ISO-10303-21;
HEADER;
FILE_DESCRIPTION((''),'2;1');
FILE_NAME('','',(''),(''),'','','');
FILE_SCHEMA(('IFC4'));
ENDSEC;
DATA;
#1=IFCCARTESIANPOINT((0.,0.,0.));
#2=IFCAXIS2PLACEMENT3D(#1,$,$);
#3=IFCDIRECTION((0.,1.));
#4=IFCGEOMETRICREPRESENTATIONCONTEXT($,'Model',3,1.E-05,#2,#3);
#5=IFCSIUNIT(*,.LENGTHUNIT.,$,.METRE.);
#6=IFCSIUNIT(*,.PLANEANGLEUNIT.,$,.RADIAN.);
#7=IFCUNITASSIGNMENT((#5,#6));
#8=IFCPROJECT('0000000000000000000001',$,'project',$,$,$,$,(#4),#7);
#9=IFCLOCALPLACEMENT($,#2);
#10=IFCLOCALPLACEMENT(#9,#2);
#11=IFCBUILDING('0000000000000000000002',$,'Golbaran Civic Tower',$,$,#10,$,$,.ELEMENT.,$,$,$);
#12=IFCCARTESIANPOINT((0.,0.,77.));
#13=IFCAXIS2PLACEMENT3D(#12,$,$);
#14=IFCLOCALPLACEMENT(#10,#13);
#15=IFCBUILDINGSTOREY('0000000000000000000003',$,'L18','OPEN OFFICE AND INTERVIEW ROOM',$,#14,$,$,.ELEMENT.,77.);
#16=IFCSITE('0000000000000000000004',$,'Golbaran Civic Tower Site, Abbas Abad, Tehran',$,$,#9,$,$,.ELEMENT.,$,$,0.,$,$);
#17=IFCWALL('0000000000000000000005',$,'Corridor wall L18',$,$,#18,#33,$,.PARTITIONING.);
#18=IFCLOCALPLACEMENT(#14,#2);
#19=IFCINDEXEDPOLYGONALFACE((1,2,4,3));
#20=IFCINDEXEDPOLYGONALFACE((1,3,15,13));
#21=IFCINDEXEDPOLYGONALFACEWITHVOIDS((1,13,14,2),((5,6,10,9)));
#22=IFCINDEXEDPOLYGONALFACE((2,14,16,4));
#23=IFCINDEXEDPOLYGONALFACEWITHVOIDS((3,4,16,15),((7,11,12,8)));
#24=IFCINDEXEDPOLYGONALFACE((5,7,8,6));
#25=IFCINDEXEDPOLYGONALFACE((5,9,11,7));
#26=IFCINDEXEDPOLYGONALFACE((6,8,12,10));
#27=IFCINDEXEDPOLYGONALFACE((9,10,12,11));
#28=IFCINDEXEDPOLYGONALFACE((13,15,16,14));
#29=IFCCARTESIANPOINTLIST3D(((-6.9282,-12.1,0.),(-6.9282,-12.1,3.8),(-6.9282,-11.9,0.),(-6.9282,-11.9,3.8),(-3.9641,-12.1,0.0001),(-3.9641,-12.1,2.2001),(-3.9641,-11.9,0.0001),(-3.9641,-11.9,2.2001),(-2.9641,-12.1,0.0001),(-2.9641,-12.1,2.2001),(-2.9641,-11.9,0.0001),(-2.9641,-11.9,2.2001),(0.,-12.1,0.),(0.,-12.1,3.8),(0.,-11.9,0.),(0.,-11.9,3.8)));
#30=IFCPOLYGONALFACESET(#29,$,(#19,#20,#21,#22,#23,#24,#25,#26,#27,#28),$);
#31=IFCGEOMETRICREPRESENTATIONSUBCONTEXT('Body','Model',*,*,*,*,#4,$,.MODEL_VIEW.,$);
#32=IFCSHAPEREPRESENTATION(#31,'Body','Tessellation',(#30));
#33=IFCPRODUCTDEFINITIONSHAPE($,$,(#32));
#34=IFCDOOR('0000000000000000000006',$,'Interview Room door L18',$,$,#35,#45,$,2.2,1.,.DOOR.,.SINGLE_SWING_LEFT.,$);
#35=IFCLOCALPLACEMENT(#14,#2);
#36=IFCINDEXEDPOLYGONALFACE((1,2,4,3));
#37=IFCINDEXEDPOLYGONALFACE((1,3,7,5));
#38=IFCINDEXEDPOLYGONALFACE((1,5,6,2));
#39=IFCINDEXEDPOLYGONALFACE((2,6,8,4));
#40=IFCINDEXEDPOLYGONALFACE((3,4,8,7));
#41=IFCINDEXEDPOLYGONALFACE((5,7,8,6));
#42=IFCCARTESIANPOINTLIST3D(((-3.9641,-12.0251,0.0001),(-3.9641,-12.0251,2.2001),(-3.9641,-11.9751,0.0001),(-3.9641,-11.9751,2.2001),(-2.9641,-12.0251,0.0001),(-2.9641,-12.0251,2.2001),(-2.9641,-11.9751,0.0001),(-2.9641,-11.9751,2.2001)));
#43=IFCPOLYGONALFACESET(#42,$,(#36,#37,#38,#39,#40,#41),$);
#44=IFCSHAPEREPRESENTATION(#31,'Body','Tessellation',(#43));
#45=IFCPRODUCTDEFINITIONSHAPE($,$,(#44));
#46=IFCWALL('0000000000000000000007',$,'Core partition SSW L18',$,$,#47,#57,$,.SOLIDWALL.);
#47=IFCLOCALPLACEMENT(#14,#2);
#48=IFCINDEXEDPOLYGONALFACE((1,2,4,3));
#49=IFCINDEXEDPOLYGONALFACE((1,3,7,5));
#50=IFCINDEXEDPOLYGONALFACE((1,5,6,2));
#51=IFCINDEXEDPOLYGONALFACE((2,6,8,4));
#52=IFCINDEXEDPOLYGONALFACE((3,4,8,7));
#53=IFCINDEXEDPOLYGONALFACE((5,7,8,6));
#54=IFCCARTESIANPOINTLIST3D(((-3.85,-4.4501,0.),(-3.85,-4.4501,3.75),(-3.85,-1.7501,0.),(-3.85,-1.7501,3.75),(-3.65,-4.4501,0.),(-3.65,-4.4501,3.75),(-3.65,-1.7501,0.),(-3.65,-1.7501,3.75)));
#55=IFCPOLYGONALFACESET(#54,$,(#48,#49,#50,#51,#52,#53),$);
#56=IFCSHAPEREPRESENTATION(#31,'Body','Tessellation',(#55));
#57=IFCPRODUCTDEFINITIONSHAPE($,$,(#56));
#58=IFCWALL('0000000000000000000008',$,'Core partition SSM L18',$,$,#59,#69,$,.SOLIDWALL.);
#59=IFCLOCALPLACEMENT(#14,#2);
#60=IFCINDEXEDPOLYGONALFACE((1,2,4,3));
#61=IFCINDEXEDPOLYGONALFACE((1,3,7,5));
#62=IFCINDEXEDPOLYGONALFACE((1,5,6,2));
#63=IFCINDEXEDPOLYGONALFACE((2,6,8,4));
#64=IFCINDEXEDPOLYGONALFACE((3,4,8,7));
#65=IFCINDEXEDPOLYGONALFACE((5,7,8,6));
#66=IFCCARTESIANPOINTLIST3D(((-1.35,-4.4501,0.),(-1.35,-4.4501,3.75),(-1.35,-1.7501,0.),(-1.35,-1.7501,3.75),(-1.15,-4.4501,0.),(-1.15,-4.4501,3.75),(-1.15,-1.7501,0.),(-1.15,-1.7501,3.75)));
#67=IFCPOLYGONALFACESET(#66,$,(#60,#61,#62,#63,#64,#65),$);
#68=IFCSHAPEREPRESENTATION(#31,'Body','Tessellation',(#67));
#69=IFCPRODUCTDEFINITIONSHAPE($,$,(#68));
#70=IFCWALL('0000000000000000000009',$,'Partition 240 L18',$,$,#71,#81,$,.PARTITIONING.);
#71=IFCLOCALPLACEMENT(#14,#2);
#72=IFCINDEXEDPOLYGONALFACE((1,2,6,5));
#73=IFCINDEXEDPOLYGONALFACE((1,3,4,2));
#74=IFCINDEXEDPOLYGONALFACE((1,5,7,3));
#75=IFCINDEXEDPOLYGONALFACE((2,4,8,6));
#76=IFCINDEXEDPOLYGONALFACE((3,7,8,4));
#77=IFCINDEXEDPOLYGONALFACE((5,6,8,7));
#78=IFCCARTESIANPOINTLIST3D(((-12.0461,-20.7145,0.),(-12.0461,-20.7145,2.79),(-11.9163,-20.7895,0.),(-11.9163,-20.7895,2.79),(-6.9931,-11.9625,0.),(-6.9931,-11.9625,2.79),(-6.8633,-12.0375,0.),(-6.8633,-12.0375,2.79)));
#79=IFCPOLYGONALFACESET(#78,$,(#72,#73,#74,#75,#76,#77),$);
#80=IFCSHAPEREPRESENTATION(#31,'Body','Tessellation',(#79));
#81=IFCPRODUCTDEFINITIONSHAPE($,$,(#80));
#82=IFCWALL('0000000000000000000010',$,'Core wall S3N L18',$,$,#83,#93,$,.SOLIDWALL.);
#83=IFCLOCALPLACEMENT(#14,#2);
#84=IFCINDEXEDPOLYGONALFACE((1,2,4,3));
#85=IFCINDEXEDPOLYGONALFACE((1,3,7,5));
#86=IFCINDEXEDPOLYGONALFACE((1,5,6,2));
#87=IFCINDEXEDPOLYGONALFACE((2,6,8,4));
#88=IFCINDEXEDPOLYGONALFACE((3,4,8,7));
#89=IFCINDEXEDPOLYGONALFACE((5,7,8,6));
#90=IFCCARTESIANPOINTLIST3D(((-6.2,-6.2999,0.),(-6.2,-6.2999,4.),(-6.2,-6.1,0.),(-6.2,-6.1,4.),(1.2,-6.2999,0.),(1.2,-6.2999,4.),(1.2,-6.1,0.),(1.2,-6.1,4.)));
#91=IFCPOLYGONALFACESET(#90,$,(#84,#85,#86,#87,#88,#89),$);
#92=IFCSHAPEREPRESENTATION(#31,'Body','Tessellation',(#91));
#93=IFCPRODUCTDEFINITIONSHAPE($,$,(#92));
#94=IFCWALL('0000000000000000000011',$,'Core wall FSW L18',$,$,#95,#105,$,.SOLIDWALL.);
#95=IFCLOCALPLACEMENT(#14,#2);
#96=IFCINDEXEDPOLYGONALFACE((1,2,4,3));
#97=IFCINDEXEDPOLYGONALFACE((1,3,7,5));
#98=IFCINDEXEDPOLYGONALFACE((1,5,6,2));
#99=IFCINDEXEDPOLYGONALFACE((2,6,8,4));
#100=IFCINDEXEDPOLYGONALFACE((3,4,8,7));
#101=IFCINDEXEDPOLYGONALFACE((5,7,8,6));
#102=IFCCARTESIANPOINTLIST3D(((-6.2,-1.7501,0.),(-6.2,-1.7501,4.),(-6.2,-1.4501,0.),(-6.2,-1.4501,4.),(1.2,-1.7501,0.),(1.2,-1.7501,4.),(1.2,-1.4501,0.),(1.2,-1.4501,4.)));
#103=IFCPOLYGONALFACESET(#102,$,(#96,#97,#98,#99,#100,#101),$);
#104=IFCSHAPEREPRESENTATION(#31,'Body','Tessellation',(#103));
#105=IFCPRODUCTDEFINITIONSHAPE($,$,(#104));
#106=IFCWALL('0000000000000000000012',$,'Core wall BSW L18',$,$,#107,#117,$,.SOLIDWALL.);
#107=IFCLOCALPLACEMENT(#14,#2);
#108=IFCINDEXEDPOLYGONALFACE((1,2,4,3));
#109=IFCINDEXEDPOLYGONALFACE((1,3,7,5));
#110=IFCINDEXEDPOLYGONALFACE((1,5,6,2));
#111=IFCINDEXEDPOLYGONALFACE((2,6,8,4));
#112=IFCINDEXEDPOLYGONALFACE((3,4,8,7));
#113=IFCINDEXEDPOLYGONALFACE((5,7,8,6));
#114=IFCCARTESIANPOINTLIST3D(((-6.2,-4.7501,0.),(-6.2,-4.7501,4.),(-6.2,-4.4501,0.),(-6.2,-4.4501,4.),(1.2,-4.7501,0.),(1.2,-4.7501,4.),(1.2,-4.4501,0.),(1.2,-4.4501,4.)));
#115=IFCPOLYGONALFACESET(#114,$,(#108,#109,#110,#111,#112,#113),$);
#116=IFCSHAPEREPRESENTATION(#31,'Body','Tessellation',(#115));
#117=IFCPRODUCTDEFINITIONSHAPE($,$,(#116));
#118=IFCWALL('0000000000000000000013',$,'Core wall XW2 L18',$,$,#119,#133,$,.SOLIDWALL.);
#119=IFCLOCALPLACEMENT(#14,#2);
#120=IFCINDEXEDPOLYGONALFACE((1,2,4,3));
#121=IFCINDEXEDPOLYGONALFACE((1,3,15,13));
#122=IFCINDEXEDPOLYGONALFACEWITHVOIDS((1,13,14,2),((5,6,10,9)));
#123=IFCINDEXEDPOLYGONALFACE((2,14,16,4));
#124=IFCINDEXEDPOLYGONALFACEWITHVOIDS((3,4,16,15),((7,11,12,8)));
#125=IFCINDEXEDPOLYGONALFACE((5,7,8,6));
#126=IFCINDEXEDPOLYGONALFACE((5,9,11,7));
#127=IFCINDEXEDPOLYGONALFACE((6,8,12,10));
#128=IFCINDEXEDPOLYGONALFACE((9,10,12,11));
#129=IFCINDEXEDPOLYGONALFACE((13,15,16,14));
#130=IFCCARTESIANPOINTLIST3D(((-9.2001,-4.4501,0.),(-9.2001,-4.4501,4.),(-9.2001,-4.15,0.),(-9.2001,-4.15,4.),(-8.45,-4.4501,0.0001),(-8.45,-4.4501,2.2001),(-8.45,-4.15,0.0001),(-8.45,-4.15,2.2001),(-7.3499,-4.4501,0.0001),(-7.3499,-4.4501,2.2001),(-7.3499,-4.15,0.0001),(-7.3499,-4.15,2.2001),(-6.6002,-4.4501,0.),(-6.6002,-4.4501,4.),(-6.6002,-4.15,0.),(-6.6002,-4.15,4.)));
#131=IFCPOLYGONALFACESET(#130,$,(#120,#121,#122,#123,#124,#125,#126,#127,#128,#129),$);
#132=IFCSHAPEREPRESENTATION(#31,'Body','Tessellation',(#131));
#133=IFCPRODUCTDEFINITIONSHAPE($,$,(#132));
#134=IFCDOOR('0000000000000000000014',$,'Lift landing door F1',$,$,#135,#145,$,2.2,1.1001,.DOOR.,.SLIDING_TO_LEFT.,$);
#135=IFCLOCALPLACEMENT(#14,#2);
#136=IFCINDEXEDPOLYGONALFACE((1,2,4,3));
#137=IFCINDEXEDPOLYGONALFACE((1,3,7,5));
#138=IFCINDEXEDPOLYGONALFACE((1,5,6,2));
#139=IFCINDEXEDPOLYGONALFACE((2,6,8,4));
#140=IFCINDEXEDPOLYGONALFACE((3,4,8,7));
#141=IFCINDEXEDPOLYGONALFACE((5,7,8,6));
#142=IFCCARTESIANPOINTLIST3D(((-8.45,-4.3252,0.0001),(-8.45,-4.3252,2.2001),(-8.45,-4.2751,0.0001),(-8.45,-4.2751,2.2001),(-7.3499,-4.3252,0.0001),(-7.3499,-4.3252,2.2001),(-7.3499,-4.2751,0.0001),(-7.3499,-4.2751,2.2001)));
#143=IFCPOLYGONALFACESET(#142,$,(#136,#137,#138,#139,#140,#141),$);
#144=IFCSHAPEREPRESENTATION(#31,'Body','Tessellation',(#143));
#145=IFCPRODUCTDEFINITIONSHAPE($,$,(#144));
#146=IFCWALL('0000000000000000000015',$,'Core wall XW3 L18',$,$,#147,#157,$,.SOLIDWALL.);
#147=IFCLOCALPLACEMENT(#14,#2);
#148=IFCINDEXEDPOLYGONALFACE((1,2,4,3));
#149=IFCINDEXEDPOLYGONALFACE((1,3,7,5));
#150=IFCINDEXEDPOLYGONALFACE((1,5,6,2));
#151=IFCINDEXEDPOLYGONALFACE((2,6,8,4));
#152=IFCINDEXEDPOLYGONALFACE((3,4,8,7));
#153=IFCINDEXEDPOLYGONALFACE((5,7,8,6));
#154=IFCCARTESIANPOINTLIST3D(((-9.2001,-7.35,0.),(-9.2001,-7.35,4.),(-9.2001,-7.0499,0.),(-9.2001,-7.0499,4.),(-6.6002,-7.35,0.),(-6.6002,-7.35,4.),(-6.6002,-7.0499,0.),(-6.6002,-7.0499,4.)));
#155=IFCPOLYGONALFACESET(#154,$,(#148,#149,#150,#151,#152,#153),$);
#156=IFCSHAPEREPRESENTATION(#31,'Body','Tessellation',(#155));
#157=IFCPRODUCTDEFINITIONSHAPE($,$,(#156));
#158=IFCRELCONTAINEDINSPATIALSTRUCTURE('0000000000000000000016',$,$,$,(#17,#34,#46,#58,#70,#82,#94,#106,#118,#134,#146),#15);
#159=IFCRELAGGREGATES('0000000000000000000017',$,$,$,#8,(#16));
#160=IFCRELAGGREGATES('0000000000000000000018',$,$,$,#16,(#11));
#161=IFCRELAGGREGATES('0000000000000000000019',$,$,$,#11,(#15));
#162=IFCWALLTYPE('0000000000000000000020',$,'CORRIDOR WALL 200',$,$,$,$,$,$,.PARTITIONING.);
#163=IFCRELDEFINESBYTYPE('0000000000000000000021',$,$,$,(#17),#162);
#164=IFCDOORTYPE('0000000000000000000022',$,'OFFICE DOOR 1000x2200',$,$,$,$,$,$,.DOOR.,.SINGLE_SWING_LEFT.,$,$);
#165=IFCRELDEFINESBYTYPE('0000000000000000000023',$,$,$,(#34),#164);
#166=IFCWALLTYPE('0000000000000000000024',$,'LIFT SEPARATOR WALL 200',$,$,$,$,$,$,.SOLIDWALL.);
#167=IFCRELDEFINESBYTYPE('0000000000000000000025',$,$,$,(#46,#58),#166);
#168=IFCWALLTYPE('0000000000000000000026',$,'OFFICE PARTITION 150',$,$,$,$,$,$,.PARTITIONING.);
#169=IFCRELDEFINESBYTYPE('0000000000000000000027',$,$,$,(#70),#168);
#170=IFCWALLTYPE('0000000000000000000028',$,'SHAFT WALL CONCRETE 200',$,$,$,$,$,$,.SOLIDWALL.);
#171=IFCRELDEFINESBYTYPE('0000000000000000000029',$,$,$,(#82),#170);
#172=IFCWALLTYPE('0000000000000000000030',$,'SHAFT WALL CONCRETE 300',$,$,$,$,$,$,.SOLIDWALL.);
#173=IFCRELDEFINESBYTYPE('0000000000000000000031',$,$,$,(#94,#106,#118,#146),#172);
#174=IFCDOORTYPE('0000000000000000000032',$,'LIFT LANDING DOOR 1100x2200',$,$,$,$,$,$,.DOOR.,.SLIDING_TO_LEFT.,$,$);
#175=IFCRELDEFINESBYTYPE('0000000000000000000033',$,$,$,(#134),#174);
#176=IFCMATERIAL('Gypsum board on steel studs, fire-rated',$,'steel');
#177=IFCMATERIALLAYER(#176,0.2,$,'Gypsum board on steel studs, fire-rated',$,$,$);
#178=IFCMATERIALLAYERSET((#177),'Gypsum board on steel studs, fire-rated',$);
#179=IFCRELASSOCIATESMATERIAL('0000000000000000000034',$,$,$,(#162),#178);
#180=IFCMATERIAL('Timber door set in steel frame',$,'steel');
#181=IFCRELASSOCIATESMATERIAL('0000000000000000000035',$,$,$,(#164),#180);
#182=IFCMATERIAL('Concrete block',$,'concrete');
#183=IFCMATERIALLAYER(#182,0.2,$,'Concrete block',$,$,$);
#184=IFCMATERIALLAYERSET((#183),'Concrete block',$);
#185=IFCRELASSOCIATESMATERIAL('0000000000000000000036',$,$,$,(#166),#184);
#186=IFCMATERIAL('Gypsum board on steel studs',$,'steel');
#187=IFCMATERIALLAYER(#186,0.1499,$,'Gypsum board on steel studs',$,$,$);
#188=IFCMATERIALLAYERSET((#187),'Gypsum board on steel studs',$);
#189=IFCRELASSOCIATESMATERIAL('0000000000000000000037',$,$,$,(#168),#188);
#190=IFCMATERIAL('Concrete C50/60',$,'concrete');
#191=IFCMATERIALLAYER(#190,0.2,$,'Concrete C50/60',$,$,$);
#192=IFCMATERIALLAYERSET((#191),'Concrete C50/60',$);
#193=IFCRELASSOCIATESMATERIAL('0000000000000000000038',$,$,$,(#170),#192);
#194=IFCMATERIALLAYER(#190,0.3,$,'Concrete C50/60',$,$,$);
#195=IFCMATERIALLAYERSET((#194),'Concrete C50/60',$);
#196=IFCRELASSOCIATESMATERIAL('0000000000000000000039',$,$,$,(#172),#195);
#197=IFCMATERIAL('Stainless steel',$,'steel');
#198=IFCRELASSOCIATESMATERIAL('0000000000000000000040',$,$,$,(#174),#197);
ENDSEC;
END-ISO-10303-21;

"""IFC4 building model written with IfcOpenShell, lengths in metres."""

from ifc_helpers import new_model, si_unit, direction, frame, frame_2d, origin, place, context, subcontext, project, spatial, rectangle, extrude, material, layer, layer_set, type_object, element, fill, save


model = new_model("IFC4")

# Units and contexts
model_context = context("Model", 3, precision=1e-05, world=origin(), true_north=direction((0.0, 1.0)))
body_context = subcontext(model_context, "Body", "Model", "MODEL_VIEW")
ifc_project = project(units=[si_unit("LENGTHUNIT", "METRE"), si_unit("PLANEANGLEUNIT", "RADIAN")], contexts=[model_context])

# Site, building, storey
site_placement = place(None, origin())
site = spatial("IfcSite", under=ifc_project, at=site_placement, Name="Golbaran Civic Tower Site, Abbas Abad, Tehran", CompositionType="ELEMENT", RefElevation=0.0)
building_placement = place(site_placement, origin())
building = spatial("IfcBuilding", under=site, at=building_placement, Name="Golbaran Civic Tower", CompositionType="ELEMENT")
storey_placement = place(building_placement, frame((0.0, 0.0, 77.0)))
storey = spatial("IfcBuildingStorey", under=building, at=storey_placement, Name="L18", Description="OPEN OFFICE AND INTERVIEW ROOM", CompositionType="ELEMENT", Elevation=77.0)

# Wall, opening, door
ifc_material_1 = material(Name="Concrete C50/60", Category="concrete")
ifc_material_2 = material(Name="Timber door set in steel frame", Category="steel")
ifc_material_3 = material(Name="Gypsum board on steel studs, fire-rated", Category="steel")
ifc_layer_1 = layer(ifc_material_3, 0.2, Name="Gypsum board on steel studs, fire-rated")
ifc_layer_set_1 = layer_set([ifc_layer_1], Name="Gypsum board on steel studs, fire-rated")
wall_type_1 = type_object("IfcWallType", Name="CORRIDOR WALL 200", PredefinedType="PARTITIONING", material=ifc_layer_set_1)
wall_1_placement = place(storey_placement, frame((-6.9282, -12.0, 0.0), z_axis=(0.0, 0.0, 1.0), x_axis=(1.0, 0.0, 0.0)))
wall_1 = element("IfcWall", 1, at=wall_1_placement, inside=storey, type_object=wall_type_1, Name="Corridor wall L18", PredefinedType="PARTITIONING", context=body_context, shape_type="SweptSolid", body=[
    extrude(rectangle(XDim=6.9282, YDim=0.2, at=frame_2d((3.4641, 0.0))), origin(), (0.0, 0.0, 1.0), 3.8),
])
opening_1_placement = place(wall_1_placement, frame((2.9641, 0.0, 0.0)))
opening_1 = element("IfcOpeningElement", 2, at=opening_1_placement, cuts=wall_1, PredefinedType="OPENING", context=body_context, shape_type="SweptSolid", body=[
    extrude(rectangle(XDim=1.0, YDim=2.2, at=frame_2d((0.5, 1.1001))), frame((0.0, 0.1099, 0.0), z_axis=(0.0, -1.0, 0.0), x_axis=(1.0, 0.0, 0.0)), (0.0, 0.0, 1.0), 0.22),
])
door_type_1 = type_object("IfcDoorType", Name="OFFICE DOOR 1000x2200", OperationType="SINGLE_SWING_LEFT", PredefinedType="DOOR", material=ifc_material_2)
door_1_placement = place(opening_1_placement, origin())
door_1 = element("IfcDoor", 3, at=door_1_placement, inside=storey, type_object=door_type_1, Name="Interview Room door L18", OperationType="SINGLE_SWING_LEFT", OverallHeight=2.2, OverallWidth=1.0, PredefinedType="DOOR", context=body_context, shape_type="SweptSolid", body=[
    extrude(rectangle(XDim=1.0, YDim=2.2, at=frame_2d((0.5, 1.1001))), frame((0.0, 0.0249, 0.0), z_axis=(0.0, -1.0, 0.0), x_axis=(1.0, 0.0, 0.0)), (0.0, 0.0, 1.0), 0.05),
])
fill(opening_1, door_1)

# Walls
ifc_material_4 = material(Name="Concrete block", Category="concrete")
ifc_layer_2 = layer(ifc_material_4, 0.2, Name="Concrete block")
ifc_layer_set_2 = layer_set([ifc_layer_2], Name="Concrete block")
wall_type_2 = type_object("IfcWallType", Name="LIFT SEPARATOR WALL 200", PredefinedType="SOLIDWALL", material=ifc_layer_set_2)
for number, where, z_axis, x_axis, name in (
    (4, (-3.75, -1.75, 0.0), (0.0, 0.0, 1.0), (0.0, -1.0, 0.0), "Core partition SSW L18"),
    (5, (-1.25, -1.75, 0.0), (0.0, 0.0, 1.0), (0.0, -1.0, 0.0), "Core partition SSM L18"),
):
    element("IfcWall", number, at=place(storey_placement, frame(where, z_axis=z_axis, x_axis=x_axis)), inside=storey, type_object=wall_type_2, Name=name, PredefinedType="SOLIDWALL", context=body_context, shape_type="SweptSolid", body=[
        extrude(rectangle(XDim=2.7, YDim=0.2, at=frame_2d((1.3501, 0.0))), origin(), (0.0, 0.0, 1.0), 3.75),
    ])
ifc_material_5 = material(Name="Gypsum board on steel studs", Category="steel")
ifc_layer_3 = layer(ifc_material_5, 0.1499, Name="Gypsum board on steel studs")
ifc_layer_set_3 = layer_set([ifc_layer_3], Name="Gypsum board on steel studs")
wall_type_3 = type_object("IfcWallType", Name="OFFICE PARTITION 150", PredefinedType="PARTITIONING", material=ifc_layer_set_3)
wall_2_placement = place(storey_placement, frame((-6.9282, -12.0, 0.0), z_axis=(0.0, 0.0, 1.0), x_axis=(-0.500003, -0.866024, 0.0)))
element("IfcWall", 6, at=wall_2_placement, inside=storey, type_object=wall_type_3, Name="Partition 240 L18", PredefinedType="PARTITIONING", context=body_context, shape_type="SweptSolid", body=[
    extrude(rectangle(XDim=10.106, YDim=0.1499, at=frame_2d((5.053, 0.0))), origin(), (0.0, 0.0, 1.0), 2.79),
])
ifc_layer_4 = layer(ifc_material_1, 0.2, Name="Concrete C50/60")
ifc_layer_set_4 = layer_set([ifc_layer_4], Name="Concrete C50/60")
wall_type_4 = type_object("IfcWallType", Name="SHAFT WALL CONCRETE 200", PredefinedType="SOLIDWALL", material=ifc_layer_set_4)
wall_3_placement = place(storey_placement, frame((-6.2, -6.2, 0.0), z_axis=(0.0, 0.0, 1.0), x_axis=(1.0, 0.0, 0.0)))
element("IfcWall", 7, at=wall_3_placement, inside=storey, type_object=wall_type_4, Name="Core wall S3N L18", PredefinedType="SOLIDWALL", context=body_context, shape_type="SweptSolid", body=[
    extrude(rectangle(XDim=7.3999, YDim=0.2, at=frame_2d((3.7, 0.0))), origin(), (0.0, 0.0, 1.0), 4.0),
])
ifc_layer_5 = layer(ifc_material_1, 0.3, Name="Concrete C50/60")
ifc_layer_set_5 = layer_set([ifc_layer_5], Name="Concrete C50/60")
wall_type_5 = type_object("IfcWallType", Name="SHAFT WALL CONCRETE 300", PredefinedType="SOLIDWALL", material=ifc_layer_set_5)
for number, where, z_axis, x_axis, name in (
    (8, (-6.2, -1.6001, 0.0), (0.0, 0.0, 1.0), (1.0, 0.0, 0.0), "Core wall FSW L18"),
    (9, (-6.2, -4.6001, 0.0), (0.0, 0.0, 1.0), (1.0, 0.0, 0.0), "Core wall BSW L18"),
):
    element("IfcWall", number, at=place(storey_placement, frame(where, z_axis=z_axis, x_axis=x_axis)), inside=storey, type_object=wall_type_5, Name=name, PredefinedType="SOLIDWALL", context=body_context, shape_type="SweptSolid", body=[
        extrude(rectangle(XDim=7.3999, YDim=0.3, at=frame_2d((3.7, 0.0))), origin(), (0.0, 0.0, 1.0), 4.0),
    ])

# Wall, opening, door
wall_4_placement = place(storey_placement, frame((-9.2, -4.3, 0.0), z_axis=(0.0, 0.0, 1.0), x_axis=(1.0, 0.0, 0.0)))
wall_4 = element("IfcWall", 10, at=wall_4_placement, inside=storey, type_object=wall_type_5, Name="Core wall XW2 L18", PredefinedType="SOLIDWALL", context=body_context, shape_type="SweptSolid", body=[
    extrude(rectangle(XDim=2.5999, YDim=0.3, at=frame_2d((1.2998, 0.0))), origin(), (0.0, 0.0, 1.0), 4.0),
])
opening_2_placement = place(wall_4_placement, frame((0.75, 0.0, 0.0)))
opening_2 = element("IfcOpeningElement", 11, at=opening_2_placement, cuts=wall_4, PredefinedType="OPENING", context=body_context, shape_type="SweptSolid", body=[
    extrude(rectangle(XDim=1.1001, YDim=2.2, at=frame_2d((0.55, 1.1001))), frame((0.0, 0.1599, 0.0), z_axis=(0.0, -1.0, 0.0), x_axis=(1.0, 0.0, 0.0)), (0.0, 0.0, 1.0), 0.3201),
])
ifc_material_6 = material(Name="Stainless steel", Category="steel")
door_type_2 = type_object("IfcDoorType", Name="LIFT LANDING DOOR 1100x2200", OperationType="SLIDING_TO_LEFT", PredefinedType="DOOR", material=ifc_material_6)
door_2_placement = place(opening_2_placement, origin())
door_2 = element("IfcDoor", 12, at=door_2_placement, inside=storey, type_object=door_type_2, Name="Lift landing door F1", OperationType="SLIDING_TO_LEFT", OverallHeight=2.2, OverallWidth=1.1001, PredefinedType="DOOR", context=body_context, shape_type="SweptSolid", body=[
    extrude(rectangle(XDim=1.1001, YDim=2.2, at=frame_2d((0.55, 1.1001))), frame((0.0, 0.0249, 0.0), z_axis=(0.0, -1.0, 0.0), x_axis=(1.0, 0.0, 0.0)), (0.0, 0.0, 1.0), 0.05),
])
fill(opening_2, door_2)

# Wall
wall_5_placement = place(storey_placement, frame((-9.2, -7.2, 0.0), z_axis=(0.0, 0.0, 1.0), x_axis=(1.0, 0.0, 0.0)))
element("IfcWall", 13, at=wall_5_placement, inside=storey, type_object=wall_type_5, Name="Core wall XW3 L18", PredefinedType="SOLIDWALL", context=body_context, shape_type="SweptSolid", body=[
    extrude(rectangle(XDim=2.5999, YDim=0.3, at=frame_2d((1.2998, 0.0))), origin(), (0.0, 0.0, 1.0), 4.0),
])

save(model, "model.ifc")
